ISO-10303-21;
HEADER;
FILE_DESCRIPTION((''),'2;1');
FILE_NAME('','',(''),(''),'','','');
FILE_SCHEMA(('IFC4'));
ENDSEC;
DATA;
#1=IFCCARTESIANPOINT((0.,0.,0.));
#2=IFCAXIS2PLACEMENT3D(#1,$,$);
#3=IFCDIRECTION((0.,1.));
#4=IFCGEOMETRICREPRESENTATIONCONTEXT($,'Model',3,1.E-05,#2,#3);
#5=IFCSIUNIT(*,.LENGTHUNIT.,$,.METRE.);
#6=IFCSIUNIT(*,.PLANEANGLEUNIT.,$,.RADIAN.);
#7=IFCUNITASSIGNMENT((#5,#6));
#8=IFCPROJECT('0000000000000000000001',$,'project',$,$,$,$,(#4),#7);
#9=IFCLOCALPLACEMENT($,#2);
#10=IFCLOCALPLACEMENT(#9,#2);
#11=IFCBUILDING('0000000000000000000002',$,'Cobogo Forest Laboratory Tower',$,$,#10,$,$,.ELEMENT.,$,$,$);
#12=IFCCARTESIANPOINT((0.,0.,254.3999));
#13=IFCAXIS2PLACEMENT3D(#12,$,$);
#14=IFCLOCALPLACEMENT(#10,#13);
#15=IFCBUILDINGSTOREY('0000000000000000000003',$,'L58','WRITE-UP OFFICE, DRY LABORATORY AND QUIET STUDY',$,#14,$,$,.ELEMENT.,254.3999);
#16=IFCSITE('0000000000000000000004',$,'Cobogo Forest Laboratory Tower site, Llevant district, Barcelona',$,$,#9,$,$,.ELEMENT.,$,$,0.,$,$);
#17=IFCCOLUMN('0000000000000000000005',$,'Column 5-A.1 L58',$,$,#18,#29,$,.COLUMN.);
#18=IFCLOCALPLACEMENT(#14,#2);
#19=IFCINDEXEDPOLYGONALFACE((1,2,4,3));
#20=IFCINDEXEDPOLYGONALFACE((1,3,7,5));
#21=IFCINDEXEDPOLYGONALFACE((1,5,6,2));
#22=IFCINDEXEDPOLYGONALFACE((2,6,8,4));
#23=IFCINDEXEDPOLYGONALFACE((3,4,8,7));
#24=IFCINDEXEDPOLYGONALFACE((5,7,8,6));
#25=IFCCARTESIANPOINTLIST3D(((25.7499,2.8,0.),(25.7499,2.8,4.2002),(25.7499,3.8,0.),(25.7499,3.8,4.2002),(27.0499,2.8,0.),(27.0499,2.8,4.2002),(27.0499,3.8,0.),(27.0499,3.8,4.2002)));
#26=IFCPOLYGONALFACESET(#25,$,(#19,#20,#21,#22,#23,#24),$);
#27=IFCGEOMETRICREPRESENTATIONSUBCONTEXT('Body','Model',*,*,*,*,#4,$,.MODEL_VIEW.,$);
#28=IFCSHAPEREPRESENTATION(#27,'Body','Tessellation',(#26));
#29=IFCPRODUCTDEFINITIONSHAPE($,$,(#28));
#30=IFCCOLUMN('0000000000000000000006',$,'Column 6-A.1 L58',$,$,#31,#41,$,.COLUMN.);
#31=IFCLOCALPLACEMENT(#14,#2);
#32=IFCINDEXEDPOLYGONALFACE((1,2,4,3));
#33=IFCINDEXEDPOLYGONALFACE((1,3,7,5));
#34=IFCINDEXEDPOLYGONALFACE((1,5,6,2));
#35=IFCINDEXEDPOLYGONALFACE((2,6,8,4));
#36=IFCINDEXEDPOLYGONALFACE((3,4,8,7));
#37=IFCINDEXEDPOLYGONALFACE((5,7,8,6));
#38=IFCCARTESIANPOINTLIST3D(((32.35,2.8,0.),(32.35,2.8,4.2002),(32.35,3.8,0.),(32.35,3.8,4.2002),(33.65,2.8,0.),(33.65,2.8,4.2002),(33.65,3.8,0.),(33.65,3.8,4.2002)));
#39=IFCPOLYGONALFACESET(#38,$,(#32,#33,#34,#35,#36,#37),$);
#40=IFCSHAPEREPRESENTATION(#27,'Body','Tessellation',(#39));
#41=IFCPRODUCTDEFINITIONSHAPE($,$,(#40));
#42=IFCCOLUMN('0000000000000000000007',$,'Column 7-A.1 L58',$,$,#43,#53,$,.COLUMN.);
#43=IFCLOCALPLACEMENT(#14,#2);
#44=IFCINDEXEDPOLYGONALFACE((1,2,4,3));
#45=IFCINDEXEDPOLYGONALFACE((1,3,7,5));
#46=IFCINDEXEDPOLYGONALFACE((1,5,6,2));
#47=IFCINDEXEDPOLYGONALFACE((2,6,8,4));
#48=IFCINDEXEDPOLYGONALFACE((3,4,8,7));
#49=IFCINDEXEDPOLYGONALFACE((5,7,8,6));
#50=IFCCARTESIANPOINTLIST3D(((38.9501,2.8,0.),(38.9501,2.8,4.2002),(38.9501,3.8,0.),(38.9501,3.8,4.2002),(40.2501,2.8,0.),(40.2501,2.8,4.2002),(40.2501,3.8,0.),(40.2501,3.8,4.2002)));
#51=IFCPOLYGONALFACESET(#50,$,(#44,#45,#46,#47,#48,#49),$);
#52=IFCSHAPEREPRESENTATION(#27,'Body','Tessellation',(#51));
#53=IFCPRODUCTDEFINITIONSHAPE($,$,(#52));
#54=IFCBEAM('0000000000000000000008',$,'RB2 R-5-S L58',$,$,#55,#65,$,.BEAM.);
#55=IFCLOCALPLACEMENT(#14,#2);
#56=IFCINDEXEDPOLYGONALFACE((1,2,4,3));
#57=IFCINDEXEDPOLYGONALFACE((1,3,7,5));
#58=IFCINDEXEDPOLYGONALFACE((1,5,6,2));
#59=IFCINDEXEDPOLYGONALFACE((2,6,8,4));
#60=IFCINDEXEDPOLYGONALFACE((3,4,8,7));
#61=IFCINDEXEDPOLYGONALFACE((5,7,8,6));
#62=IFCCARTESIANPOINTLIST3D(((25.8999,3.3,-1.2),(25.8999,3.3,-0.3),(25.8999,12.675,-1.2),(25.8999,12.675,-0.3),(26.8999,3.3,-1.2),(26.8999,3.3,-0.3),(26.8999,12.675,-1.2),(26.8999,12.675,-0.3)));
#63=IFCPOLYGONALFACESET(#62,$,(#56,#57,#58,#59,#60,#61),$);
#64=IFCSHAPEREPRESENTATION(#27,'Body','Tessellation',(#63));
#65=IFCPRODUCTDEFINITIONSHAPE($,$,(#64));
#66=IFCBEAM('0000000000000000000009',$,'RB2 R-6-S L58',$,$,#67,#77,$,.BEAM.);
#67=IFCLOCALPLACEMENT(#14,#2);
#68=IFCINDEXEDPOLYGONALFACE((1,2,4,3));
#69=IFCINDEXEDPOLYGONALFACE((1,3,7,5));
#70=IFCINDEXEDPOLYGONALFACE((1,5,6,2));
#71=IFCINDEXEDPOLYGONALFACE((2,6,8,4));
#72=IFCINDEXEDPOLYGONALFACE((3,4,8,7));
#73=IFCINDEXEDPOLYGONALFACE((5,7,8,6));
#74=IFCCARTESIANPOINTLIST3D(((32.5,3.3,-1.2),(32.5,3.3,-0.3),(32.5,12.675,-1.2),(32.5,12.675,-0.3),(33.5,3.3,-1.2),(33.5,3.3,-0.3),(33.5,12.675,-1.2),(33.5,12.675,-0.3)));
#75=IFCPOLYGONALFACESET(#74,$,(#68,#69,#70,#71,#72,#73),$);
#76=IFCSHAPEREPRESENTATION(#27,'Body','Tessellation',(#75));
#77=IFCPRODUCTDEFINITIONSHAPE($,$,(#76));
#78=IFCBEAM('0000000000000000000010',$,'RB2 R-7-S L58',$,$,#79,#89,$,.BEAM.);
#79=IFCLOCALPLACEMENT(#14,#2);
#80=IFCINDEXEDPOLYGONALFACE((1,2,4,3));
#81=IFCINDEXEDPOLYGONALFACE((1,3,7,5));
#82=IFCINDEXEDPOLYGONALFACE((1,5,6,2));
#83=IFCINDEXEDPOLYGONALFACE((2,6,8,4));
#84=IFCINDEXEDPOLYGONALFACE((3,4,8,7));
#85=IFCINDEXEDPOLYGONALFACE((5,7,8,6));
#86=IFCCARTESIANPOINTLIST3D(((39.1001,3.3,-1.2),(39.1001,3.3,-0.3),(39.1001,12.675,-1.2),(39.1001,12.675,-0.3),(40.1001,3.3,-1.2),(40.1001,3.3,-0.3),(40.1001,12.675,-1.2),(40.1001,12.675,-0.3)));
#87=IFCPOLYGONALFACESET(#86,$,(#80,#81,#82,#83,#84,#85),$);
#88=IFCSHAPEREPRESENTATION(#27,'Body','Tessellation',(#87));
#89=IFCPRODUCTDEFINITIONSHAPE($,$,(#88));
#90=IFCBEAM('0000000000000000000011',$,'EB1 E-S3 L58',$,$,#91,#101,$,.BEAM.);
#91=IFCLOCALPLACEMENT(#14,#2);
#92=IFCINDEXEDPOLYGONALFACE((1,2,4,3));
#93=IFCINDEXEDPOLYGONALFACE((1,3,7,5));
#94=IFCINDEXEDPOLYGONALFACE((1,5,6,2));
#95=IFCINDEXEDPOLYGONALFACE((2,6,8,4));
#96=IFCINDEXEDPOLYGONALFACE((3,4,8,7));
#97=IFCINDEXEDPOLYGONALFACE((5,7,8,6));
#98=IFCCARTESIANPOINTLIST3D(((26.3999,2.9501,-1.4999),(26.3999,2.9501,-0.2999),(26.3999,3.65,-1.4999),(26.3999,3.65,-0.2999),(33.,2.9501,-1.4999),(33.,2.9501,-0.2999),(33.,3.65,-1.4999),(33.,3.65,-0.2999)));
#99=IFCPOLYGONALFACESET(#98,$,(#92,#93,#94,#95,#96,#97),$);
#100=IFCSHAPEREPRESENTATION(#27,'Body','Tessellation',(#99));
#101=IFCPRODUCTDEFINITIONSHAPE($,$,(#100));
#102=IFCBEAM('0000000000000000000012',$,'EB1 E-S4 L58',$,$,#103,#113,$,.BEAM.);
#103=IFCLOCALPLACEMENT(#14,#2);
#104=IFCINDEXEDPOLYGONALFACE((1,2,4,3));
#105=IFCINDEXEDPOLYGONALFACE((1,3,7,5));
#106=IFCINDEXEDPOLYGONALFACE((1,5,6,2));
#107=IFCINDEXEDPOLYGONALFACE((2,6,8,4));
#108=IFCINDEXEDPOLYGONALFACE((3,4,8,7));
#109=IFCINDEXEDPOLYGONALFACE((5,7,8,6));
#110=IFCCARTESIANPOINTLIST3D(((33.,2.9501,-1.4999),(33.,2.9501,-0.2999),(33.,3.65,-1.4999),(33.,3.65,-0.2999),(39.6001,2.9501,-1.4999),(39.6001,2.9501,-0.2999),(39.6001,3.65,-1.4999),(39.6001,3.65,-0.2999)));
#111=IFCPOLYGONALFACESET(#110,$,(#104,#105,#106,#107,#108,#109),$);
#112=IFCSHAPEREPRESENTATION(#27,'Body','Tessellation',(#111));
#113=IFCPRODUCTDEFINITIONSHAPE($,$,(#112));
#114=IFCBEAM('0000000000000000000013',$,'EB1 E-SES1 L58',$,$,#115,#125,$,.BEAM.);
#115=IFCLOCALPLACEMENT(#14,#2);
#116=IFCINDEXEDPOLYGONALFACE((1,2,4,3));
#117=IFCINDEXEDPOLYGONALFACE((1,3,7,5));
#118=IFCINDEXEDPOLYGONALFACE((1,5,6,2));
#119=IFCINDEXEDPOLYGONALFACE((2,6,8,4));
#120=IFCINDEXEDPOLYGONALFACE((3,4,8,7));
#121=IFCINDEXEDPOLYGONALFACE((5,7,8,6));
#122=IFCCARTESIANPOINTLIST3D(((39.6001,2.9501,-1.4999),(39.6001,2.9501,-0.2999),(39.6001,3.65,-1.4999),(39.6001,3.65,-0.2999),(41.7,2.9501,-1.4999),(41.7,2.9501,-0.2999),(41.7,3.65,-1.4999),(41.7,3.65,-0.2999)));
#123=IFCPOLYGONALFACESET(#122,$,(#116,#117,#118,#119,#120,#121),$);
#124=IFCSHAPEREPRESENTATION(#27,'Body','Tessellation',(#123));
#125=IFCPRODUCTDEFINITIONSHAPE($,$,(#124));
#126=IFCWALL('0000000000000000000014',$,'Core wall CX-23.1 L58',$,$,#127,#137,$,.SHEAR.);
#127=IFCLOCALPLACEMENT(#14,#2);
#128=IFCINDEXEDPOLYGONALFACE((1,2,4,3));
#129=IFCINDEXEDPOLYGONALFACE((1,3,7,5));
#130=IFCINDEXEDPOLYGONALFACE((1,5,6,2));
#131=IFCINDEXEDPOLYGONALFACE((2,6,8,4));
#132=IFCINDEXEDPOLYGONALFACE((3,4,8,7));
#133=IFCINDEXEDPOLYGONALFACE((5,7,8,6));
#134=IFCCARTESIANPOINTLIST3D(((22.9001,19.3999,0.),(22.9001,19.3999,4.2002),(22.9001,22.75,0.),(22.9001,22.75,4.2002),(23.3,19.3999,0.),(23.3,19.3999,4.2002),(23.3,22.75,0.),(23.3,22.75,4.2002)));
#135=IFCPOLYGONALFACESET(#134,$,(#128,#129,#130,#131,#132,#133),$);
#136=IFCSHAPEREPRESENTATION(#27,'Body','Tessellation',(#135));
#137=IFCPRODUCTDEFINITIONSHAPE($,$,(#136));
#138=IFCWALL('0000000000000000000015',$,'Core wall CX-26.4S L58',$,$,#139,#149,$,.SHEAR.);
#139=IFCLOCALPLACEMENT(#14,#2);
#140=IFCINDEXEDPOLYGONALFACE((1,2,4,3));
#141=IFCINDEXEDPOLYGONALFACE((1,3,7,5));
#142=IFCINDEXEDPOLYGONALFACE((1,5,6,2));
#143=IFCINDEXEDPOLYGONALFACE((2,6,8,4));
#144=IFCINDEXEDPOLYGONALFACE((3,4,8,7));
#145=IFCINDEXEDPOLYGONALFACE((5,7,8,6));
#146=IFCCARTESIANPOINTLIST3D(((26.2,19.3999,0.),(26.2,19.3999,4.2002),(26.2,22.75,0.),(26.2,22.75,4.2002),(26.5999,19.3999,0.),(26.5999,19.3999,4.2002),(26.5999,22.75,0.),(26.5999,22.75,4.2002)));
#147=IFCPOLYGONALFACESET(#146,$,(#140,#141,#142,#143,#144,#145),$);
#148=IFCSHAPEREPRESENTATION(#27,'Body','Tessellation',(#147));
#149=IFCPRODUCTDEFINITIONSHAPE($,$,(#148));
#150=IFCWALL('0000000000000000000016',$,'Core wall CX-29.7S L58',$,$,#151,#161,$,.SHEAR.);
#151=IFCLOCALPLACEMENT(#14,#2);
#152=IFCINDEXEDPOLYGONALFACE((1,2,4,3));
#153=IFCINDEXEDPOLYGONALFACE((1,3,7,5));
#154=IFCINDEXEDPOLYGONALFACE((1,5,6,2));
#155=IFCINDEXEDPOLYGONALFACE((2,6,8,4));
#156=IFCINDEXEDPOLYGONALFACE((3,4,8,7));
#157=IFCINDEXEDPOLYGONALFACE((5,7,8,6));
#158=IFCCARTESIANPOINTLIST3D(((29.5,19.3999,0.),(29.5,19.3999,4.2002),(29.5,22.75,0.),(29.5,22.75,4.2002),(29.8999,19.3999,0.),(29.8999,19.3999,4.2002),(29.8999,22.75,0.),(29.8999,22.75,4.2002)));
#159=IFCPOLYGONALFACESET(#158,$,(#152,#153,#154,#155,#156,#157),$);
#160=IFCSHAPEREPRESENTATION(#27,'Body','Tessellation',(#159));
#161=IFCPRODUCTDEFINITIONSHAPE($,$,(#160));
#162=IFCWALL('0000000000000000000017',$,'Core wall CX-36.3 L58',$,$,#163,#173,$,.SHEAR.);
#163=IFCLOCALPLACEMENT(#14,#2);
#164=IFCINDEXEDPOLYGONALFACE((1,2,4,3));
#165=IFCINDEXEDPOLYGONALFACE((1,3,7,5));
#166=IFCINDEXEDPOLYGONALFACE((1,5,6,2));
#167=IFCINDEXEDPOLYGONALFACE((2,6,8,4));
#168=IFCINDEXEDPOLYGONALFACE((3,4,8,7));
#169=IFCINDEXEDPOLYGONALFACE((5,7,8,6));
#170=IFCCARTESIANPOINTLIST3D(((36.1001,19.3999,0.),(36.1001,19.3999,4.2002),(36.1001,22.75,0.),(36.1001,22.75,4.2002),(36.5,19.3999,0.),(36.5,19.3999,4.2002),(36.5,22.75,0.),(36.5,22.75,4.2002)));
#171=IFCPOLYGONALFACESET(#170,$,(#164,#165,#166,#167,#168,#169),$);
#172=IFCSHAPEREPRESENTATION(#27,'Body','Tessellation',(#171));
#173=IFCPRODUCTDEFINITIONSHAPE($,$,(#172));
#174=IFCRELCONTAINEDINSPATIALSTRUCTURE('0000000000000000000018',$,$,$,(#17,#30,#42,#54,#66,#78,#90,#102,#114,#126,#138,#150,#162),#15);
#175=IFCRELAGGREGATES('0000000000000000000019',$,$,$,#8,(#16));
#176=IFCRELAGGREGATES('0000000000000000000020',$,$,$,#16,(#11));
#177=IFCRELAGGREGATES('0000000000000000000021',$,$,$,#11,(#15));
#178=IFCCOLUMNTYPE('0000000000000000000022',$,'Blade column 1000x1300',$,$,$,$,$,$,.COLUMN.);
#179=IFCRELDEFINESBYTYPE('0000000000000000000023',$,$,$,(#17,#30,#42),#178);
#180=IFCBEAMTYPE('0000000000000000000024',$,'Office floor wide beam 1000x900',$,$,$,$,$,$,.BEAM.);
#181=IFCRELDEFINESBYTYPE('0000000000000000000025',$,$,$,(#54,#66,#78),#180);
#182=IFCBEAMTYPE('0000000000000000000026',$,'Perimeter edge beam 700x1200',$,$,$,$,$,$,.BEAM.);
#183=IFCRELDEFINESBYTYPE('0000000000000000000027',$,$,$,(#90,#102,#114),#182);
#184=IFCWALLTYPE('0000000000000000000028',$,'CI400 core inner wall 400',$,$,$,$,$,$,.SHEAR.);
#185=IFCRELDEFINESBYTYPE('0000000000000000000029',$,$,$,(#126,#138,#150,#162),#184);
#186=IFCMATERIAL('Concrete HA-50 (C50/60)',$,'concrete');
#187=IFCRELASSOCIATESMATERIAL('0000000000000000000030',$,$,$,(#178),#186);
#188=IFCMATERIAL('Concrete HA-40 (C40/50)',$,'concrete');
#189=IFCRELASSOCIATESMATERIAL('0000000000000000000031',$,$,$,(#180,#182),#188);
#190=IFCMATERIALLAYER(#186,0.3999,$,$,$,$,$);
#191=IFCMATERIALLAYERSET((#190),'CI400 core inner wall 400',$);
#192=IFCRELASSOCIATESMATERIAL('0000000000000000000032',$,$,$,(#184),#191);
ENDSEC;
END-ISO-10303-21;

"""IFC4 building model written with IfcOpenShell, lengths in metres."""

from ifc_helpers import new_model, si_unit, direction, frame, frame_2d, origin, origin_2d, place, context, subcontext, project, spatial, rectangle, extrude, material, layer, layer_set, material_profile, profile_set, type_object, element, save


model = new_model("IFC4")

# Units and contexts
model_context = context("Model", 3, precision=1e-05, world=origin(), true_north=direction((0.0, 1.0)))
body_context = subcontext(model_context, "Body", "Model", "MODEL_VIEW")
ifc_project = project(units=[si_unit("LENGTHUNIT", "METRE"), si_unit("PLANEANGLEUNIT", "RADIAN")], contexts=[model_context])

# Site, building, storey
site_placement = place(None, origin())
site = spatial("IfcSite", under=ifc_project, at=site_placement, Name="Cobogo Forest Laboratory Tower site, Llevant district, Barcelona", CompositionType="ELEMENT", RefElevation=0.0)
building_placement = place(site_placement, origin())
building = spatial("IfcBuilding", under=site, at=building_placement, Name="Cobogo Forest Laboratory Tower", CompositionType="ELEMENT")
storey_placement = place(building_placement, frame((0.0, 0.0, 254.3999)))
storey = spatial("IfcBuildingStorey", under=building, at=storey_placement, Name="L58", Description="WRITE-UP OFFICE, DRY LABORATORY AND QUIET STUDY", CompositionType="ELEMENT", Elevation=254.3999)

# Columns
ifc_material_1 = material(Name="Concrete HA-50 (C50/60)", Category="concrete")
ifc_material_profile_1 = material_profile(ifc_material_1, rectangle(XDim=1.3, YDim=1.0, at=origin_2d()), Name="RC 1000x1300")
ifc_profile_set_1 = profile_set([ifc_material_profile_1], Name="Concrete HA-50 (C50/60)")
column_type = type_object("IfcColumnType", Name="Blade column 1000x1300", PredefinedType="COLUMN", material=ifc_profile_set_1)
for number, where, z_axis, x_axis, name in (
    (1, (26.3999, 3.3, 0.0), (0.0, 0.0, 1.0), (1.0, 0.0, 0.0), "Column 5-A.1 L58"),
    (2, (33.0, 3.3, 0.0), (0.0, 0.0, 1.0), (1.0, 0.0, 0.0), "Column 6-A.1 L58"),
    (3, (39.6001, 3.3, 0.0), (0.0, 0.0, 1.0), (1.0, 0.0, 0.0), "Column 7-A.1 L58"),
):
    element("IfcColumn", number, at=place(storey_placement, frame(where, z_axis=z_axis, x_axis=x_axis)), inside=storey, type_object=column_type, Name=name, PredefinedType="COLUMN", context=body_context, shape_type="SweptSolid", body=[
        extrude(rectangle(XDim=1.3, YDim=1.0, at=origin_2d()), origin(), (0.0, 0.0, 1.0), 4.2002),
    ])

# Beams
ifc_material_2 = material(Name="Concrete HA-40 (C40/50)", Category="concrete")
ifc_material_profile_2 = material_profile(ifc_material_2, rectangle(XDim=1.0, YDim=0.8999, at=origin_2d()), Name="RC 1000x900")
ifc_profile_set_2 = profile_set([ifc_material_profile_2], Name="Concrete HA-40 (C40/50)")
beam_type_1 = type_object("IfcBeamType", Name="Office floor wide beam 1000x900", PredefinedType="BEAM", material=ifc_profile_set_2)
for number, where, z_axis, x_axis, name in (
    (4, (26.3999, 12.675, -0.75), (0.0, -1.0, 0.0), (1.0, 0.0, 0.0), "RB2 R-5-S L58"),
    (5, (33.0, 12.675, -0.75), (0.0, -1.0, 0.0), (1.0, 0.0, 0.0), "RB2 R-6-S L58"),
    (6, (39.6001, 12.675, -0.75), (0.0, -1.0, 0.0), (1.0, 0.0, 0.0), "RB2 R-7-S L58"),
):
    element("IfcBeam", number, at=place(storey_placement, frame(where, z_axis=z_axis, x_axis=x_axis)), inside=storey, type_object=beam_type_1, Name=name, PredefinedType="BEAM", context=body_context, shape_type="SweptSolid", body=[
        extrude(rectangle(XDim=1.0, YDim=0.8999, at=origin_2d()), origin(), (0.0, 0.0, 1.0), 9.375),
    ])
ifc_material_profile_3 = material_profile(ifc_material_2, rectangle(XDim=0.7, YDim=1.2, at=origin_2d()), Name="RC 700x1200")
ifc_profile_set_3 = profile_set([ifc_material_profile_3], Name="Concrete HA-40 (C40/50)")
beam_type_2 = type_object("IfcBeamType", Name="Perimeter edge beam 700x1200", PredefinedType="BEAM", material=ifc_profile_set_3)
for number, where, z_axis, x_axis, name in (
    (7, (26.3999, 3.3, -0.8999), (1.0, 0.0, 0.0), (0.0, 1.0, 0.0), "EB1 E-S3 L58"),
    (8, (33.0, 3.3, -0.8999), (1.0, 0.0, 0.0), (0.0, 1.0, 0.0), "EB1 E-S4 L58"),
):
    element("IfcBeam", number, at=place(storey_placement, frame(where, z_axis=z_axis, x_axis=x_axis)), inside=storey, type_object=beam_type_2, Name=name, PredefinedType="BEAM", context=body_context, shape_type="SweptSolid", body=[
        extrude(rectangle(XDim=0.7, YDim=1.2, at=origin_2d()), origin(), (0.0, 0.0, 1.0), 6.6001),
    ])
beam_placement = place(storey_placement, frame((39.6001, 3.3, -0.8999), z_axis=(1.0, 0.0, 0.0), x_axis=(0.0, 1.0, 0.0)))
element("IfcBeam", 9, at=beam_placement, inside=storey, type_object=beam_type_2, Name="EB1 E-SES1 L58", PredefinedType="BEAM", context=body_context, shape_type="SweptSolid", body=[
    extrude(rectangle(XDim=0.7, YDim=1.2, at=origin_2d()), origin(), (0.0, 0.0, 1.0), 2.0999),
])

# Walls
ifc_layer_1 = layer(ifc_material_1, 0.3999)
ifc_layer_set_1 = layer_set([ifc_layer_1], Name="CI400 core inner wall 400")
wall_type_1 = type_object("IfcWallType", Name="CI400 core inner wall 400", PredefinedType="SHEAR", material=ifc_layer_set_1)
for number, where, z_axis, x_axis, name in (
    (10, (23.1001, 19.3999, 0.0), (0.0, 0.0, 1.0), (0.0, 1.0, 0.0), "Core wall CX-23.1 L58"),
    (11, (26.3999, 19.3999, 0.0), (0.0, 0.0, 1.0), (0.0, 1.0, 0.0), "Core wall CX-26.4S L58"),
    (12, (29.7, 19.3999, 0.0), (0.0, 0.0, 1.0), (0.0, 1.0, 0.0), "Core wall CX-29.7S L58"),
    (13, (36.3, 19.3999, 0.0), (0.0, 0.0, 1.0), (0.0, 1.0, 0.0), "Core wall CX-36.3 L58"),
):
    element("IfcWall", number, at=place(storey_placement, frame(where, z_axis=z_axis, x_axis=x_axis)), inside=storey, type_object=wall_type_1, Name=name, PredefinedType="SHEAR", context=body_context, shape_type="SweptSolid", body=[
        extrude(rectangle(XDim=3.3501, YDim=0.3999, at=frame_2d((1.675, 0.0))), origin(), (0.0, 0.0, 1.0), 4.2002),
    ])

save(model, "model.ifc")
